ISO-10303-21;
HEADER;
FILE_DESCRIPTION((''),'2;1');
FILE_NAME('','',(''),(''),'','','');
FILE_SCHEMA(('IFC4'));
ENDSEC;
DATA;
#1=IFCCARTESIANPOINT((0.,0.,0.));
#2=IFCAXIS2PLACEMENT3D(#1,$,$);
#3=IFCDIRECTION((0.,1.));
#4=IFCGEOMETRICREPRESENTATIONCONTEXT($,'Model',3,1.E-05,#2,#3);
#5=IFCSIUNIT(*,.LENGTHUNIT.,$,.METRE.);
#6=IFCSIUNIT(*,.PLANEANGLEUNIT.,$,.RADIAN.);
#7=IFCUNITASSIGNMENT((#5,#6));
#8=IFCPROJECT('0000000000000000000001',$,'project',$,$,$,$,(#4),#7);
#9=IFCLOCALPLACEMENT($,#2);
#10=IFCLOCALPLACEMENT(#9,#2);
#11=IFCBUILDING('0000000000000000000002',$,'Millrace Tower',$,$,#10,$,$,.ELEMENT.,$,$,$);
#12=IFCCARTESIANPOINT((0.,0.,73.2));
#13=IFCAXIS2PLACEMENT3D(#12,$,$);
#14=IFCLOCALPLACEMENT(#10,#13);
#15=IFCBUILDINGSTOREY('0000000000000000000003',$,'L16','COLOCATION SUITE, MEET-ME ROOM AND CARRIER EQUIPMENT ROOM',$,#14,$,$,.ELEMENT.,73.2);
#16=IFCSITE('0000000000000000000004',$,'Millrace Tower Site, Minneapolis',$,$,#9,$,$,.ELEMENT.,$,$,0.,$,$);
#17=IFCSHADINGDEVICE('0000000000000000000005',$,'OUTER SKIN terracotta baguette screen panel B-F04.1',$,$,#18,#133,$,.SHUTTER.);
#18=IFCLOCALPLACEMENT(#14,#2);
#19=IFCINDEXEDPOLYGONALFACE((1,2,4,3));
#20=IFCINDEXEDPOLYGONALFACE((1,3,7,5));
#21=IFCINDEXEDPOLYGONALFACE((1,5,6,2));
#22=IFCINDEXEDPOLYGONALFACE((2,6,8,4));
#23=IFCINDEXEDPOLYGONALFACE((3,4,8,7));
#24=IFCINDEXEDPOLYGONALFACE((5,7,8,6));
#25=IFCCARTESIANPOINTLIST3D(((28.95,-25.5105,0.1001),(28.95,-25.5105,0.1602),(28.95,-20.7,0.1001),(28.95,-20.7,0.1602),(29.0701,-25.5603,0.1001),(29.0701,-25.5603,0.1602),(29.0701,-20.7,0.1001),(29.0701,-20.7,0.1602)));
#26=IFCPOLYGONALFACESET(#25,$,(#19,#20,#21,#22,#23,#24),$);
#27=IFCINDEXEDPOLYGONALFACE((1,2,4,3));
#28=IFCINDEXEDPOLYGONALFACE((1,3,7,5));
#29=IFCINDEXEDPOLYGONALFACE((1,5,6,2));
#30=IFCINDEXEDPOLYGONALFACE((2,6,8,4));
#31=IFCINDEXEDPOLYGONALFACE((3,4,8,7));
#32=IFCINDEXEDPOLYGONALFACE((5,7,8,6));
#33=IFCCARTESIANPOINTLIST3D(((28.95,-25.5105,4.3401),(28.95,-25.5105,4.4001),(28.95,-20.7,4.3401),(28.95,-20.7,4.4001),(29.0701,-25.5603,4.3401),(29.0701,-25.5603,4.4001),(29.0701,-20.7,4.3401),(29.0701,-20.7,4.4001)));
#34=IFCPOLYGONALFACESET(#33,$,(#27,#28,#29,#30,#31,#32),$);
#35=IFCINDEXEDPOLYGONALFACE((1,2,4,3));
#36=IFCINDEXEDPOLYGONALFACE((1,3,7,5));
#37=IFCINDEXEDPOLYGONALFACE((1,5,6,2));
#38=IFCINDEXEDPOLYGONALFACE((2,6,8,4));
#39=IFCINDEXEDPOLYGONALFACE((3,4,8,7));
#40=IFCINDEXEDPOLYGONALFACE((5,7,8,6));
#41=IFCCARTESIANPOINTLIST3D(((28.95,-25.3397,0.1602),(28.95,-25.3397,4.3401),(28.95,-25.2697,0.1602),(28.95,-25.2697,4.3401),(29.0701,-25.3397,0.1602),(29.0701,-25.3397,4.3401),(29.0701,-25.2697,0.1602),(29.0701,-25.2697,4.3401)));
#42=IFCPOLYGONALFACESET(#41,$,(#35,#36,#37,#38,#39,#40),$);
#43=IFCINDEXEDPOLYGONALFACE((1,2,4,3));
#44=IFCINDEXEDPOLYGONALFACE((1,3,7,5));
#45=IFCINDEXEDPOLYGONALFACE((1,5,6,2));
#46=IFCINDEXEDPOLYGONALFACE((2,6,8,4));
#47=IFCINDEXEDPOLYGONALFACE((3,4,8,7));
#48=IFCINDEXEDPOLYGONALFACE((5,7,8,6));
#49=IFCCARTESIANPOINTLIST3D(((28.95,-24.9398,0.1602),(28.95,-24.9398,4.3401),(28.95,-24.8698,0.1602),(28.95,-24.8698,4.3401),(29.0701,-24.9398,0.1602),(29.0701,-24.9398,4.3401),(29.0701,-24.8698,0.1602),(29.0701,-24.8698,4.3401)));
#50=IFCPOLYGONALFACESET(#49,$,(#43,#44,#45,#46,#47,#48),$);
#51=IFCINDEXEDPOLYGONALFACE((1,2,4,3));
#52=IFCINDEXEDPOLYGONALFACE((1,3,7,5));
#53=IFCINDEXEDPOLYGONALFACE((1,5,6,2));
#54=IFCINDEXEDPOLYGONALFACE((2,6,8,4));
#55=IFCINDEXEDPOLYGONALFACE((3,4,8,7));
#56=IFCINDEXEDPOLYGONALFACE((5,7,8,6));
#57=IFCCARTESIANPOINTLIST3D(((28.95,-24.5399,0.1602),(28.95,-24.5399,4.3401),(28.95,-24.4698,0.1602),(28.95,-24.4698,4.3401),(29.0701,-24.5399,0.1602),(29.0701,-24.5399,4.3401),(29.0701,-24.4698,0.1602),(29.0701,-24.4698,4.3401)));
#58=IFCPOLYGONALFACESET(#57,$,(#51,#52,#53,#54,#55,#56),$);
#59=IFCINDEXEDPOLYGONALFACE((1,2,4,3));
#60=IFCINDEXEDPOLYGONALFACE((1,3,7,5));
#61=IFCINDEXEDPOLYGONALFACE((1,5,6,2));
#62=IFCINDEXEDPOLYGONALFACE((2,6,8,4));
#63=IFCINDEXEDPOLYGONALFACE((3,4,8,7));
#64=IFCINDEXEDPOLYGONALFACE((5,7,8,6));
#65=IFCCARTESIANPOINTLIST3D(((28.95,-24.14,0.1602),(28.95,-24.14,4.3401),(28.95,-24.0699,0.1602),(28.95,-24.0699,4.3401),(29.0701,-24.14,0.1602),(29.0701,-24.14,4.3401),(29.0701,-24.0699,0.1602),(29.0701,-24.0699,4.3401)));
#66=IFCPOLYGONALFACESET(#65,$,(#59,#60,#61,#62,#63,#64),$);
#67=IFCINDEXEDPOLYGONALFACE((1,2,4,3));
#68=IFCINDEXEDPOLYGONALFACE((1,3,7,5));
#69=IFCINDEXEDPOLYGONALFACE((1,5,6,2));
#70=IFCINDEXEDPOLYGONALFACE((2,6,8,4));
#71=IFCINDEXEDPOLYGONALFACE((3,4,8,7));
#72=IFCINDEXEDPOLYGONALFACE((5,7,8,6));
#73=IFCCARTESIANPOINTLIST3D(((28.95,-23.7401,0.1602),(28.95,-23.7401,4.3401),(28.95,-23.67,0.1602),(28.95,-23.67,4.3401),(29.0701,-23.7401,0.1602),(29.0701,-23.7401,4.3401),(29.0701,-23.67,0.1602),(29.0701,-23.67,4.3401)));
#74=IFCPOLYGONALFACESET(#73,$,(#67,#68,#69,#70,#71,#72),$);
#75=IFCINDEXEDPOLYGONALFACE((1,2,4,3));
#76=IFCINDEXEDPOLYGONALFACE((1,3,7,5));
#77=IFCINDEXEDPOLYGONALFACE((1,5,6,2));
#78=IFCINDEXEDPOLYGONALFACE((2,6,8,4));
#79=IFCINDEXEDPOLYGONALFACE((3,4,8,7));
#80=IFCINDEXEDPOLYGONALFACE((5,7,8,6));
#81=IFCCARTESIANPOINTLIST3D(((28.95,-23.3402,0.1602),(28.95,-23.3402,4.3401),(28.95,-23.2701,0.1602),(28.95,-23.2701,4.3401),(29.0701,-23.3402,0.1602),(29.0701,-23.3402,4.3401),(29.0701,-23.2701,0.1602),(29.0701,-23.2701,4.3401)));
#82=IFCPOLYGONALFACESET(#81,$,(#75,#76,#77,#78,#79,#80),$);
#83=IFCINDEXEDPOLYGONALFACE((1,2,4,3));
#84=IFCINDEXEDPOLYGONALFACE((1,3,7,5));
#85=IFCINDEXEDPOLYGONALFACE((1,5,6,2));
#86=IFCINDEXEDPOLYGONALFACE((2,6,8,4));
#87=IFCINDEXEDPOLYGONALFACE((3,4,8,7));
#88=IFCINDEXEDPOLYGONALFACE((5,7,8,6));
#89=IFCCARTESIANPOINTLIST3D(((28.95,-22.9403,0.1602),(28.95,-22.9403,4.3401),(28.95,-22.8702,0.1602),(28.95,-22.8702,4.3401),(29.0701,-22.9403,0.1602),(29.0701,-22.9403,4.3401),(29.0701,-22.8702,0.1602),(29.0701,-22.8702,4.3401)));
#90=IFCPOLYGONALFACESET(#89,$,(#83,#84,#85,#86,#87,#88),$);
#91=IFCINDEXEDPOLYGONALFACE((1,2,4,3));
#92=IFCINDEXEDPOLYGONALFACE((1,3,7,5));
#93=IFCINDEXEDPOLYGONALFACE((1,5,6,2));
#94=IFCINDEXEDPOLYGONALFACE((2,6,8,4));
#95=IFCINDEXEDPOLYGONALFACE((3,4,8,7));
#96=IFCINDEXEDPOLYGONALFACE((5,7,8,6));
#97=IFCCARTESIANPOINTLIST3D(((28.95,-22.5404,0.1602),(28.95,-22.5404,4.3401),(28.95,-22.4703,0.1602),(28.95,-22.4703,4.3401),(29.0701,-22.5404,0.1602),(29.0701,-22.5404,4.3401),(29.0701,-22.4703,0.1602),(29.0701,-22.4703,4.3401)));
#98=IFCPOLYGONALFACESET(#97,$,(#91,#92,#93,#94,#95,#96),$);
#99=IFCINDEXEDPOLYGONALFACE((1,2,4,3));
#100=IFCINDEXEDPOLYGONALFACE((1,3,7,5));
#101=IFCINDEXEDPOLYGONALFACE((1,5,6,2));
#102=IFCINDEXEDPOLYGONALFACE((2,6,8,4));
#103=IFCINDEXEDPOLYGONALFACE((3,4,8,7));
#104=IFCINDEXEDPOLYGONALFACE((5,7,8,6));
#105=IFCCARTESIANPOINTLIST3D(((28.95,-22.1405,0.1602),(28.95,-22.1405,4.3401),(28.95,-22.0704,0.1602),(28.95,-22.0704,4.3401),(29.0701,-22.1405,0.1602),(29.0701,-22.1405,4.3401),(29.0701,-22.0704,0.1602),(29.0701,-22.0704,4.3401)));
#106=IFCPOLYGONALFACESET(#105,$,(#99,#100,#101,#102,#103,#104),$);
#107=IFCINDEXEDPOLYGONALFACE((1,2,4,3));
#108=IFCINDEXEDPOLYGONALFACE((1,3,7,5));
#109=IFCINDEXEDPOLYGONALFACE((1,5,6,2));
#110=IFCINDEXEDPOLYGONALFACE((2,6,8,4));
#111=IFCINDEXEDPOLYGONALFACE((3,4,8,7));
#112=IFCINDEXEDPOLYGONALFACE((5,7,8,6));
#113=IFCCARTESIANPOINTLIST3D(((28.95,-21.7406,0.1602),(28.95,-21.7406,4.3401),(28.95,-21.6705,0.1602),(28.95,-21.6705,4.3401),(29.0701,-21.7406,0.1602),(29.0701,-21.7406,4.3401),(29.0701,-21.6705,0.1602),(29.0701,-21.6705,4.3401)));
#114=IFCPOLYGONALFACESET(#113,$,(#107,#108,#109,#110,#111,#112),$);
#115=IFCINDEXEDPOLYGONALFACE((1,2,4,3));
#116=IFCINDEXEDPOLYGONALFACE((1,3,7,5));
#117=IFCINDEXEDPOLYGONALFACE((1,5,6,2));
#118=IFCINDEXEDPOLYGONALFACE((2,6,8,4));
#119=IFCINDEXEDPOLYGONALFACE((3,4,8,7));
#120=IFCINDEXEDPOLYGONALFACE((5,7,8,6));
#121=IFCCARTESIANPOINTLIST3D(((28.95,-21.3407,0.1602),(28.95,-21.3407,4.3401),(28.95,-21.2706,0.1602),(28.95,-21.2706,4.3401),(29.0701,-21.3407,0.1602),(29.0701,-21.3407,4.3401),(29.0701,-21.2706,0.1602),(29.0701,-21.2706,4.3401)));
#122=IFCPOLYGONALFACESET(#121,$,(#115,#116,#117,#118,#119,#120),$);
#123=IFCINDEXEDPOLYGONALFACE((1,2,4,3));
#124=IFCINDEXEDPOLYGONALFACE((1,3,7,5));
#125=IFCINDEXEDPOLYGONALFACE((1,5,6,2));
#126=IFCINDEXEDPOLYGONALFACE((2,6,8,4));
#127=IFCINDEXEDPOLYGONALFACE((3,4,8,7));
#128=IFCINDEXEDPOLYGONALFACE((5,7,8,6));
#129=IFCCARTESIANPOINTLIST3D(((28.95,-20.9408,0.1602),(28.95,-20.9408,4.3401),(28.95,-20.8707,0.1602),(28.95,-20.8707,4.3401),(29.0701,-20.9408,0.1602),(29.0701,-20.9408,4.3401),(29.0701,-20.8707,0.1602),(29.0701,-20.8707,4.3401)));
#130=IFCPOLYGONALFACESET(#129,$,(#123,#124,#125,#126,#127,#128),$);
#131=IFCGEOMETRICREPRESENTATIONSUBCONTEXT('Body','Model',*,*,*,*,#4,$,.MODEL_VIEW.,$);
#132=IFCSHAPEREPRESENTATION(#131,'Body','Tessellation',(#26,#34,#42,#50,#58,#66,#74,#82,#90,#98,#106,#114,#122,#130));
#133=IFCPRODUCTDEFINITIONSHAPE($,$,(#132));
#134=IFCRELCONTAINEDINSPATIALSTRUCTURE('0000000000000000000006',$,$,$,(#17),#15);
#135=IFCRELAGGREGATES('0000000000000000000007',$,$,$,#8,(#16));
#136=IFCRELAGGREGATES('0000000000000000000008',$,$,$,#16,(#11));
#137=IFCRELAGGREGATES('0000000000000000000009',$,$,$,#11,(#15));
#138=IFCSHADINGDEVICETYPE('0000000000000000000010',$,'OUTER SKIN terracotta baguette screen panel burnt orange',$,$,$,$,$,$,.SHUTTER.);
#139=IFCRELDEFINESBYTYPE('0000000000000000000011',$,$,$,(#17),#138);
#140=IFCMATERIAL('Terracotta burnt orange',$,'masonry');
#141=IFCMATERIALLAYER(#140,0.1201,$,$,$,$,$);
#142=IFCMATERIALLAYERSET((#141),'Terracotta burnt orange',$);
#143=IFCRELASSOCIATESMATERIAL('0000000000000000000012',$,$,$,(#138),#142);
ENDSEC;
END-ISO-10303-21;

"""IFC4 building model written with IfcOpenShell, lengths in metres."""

from ifc_helpers import new_model, entity, si_unit, direction, frame, frame_2d, origin, place, context, subcontext, project, spatial, rectangle, extrude, source, transform, mapped, material, layer, layer_set, type_object, element, save


model = new_model("IFC4")

# Units and contexts
model_context = context("Model", 3, precision=1e-05, world=origin(), true_north=direction((0.0, 1.0)))
body_context = subcontext(model_context, "Body", "Model", "MODEL_VIEW")
ifc_project = project(units=[si_unit("LENGTHUNIT", "METRE"), si_unit("PLANEANGLEUNIT", "RADIAN")], contexts=[model_context])

# Site, building, storey
site_placement = place(None, origin())
site = spatial("IfcSite", under=ifc_project, at=site_placement, Name="Millrace Tower Site, Minneapolis", CompositionType="ELEMENT", RefElevation=0.0)
building_placement = place(site_placement, origin())
building = spatial("IfcBuilding", under=site, at=building_placement, Name="Millrace Tower", CompositionType="ELEMENT")
storey_placement = place(building_placement, frame((0.0, 0.0, 73.2)))
storey = spatial("IfcBuildingStorey", under=building, at=storey_placement, Name="L16", Description="COLOCATION SUITE, MEET-ME ROOM AND CARRIER EQUIPMENT ROOM", CompositionType="ELEMENT", Elevation=73.2)

# Shading device
ifc_material_1 = material(Name="Terracotta burnt orange", Category="masonry")
ifc_layer_1 = layer(ifc_material_1, 0.1201)
ifc_layer_set_1 = layer_set([ifc_layer_1], Name="Terracotta burnt orange")
shading_device_type = type_object("IfcShadingDeviceType", Name="OUTER SKIN terracotta baguette screen panel burnt orange", PredefinedType="SHUTTER", material=ifc_layer_set_1)
cartesian_point_1 = entity("IfcCartesianPoint", [-2.3928, 0.0601])
shared_polyline_1 = entity("IfcPolyline", [cartesian_point_1, entity("IfcCartesianPoint", [2.4177, 0.0601]), entity("IfcCartesianPoint", [2.4177, -0.0601]), entity("IfcCartesianPoint", [-2.4426, -0.0601]), cartesian_point_1])
shared_shape_1 = source(origin(), body_context, "Body", "SweptSolid", [
    entity("IfcExtrudedAreaSolid", entity("IfcArbitraryClosedProfileDef", "AREA", None, shared_polyline_1), entity("IfcAxis2Placement3D", entity("IfcCartesianPoint", [0.0, 0.0, 0.0])), entity("IfcDirection", [0.0, 0.0, 1.0]), 0.0601),
    entity("IfcExtrudedAreaSolid", entity("IfcArbitraryClosedProfileDef", "AREA", None, shared_polyline_1), entity("IfcAxis2Placement3D", entity("IfcCartesianPoint", [0.0, 0.0, 4.24])), entity("IfcDirection", [0.0, 0.0, 1.0]), 0.0601),
    extrude(rectangle(XDim=0.0701, YDim=0.1201, at=frame_2d((-2.187, 0.0))), frame((0.0, 0.0, 0.0601)), (0.0, 0.0, 1.0), 4.1799),
    extrude(rectangle(XDim=0.0701, YDim=0.1201, at=frame_2d((-1.7871, 0.0))), frame((0.0, 0.0, 0.0601)), (0.0, 0.0, 1.0), 4.1799),
    extrude(rectangle(XDim=0.0701, YDim=0.1201, at=frame_2d((-1.3872, 0.0))), frame((0.0, 0.0, 0.0601)), (0.0, 0.0, 1.0), 4.1799),
    extrude(rectangle(XDim=0.0701, YDim=0.1201, at=frame_2d((-0.9873, 0.0))), frame((0.0, 0.0, 0.0601)), (0.0, 0.0, 1.0), 4.1799),
    extrude(rectangle(XDim=0.0701, YDim=0.1201, at=frame_2d((-0.5874, 0.0))), frame((0.0, 0.0, 0.0601)), (0.0, 0.0, 1.0), 4.1799),
    extrude(rectangle(XDim=0.0701, YDim=0.1201, at=frame_2d((-0.1875, 0.0))), frame((0.0, 0.0, 0.0601)), (0.0, 0.0, 1.0), 4.1799),
    extrude(rectangle(XDim=0.0701, YDim=0.1201, at=frame_2d((0.2124, 0.0))), frame((0.0, 0.0, 0.0601)), (0.0, 0.0, 1.0), 4.1799),
    extrude(rectangle(XDim=0.0701, YDim=0.1201, at=frame_2d((0.6123, 0.0))), frame((0.0, 0.0, 0.0601)), (0.0, 0.0, 1.0), 4.1799),
    extrude(rectangle(XDim=0.0701, YDim=0.1201, at=frame_2d((1.0122, 0.0))), frame((0.0, 0.0, 0.0601)), (0.0, 0.0, 1.0), 4.1799),
    extrude(rectangle(XDim=0.0701, YDim=0.1201, at=frame_2d((1.4121, 0.0))), frame((0.0, 0.0, 0.0601)), (0.0, 0.0, 1.0), 4.1799),
    extrude(rectangle(XDim=0.0701, YDim=0.1201, at=frame_2d((1.812, 0.0))), frame((0.0, 0.0, 0.0601)), (0.0, 0.0, 1.0), 4.1799),
    extrude(rectangle(XDim=0.0701, YDim=0.1201, at=frame_2d((2.2119, 0.0))), frame((0.0, 0.0, 0.0601)), (0.0, 0.0, 1.0), 4.1799),
])
shading_device_1_placement = place(storey_placement, frame((29.01, -23.1177, 0.1001), z_axis=(0.0, 0.0, 1.0), x_axis=(0.0, 1.0, 0.0)))
element("IfcShadingDevice", 1, at=shading_device_1_placement, inside=storey, type_object=shading_device_type, Name="OUTER SKIN terracotta baguette screen panel B-F04.1", PredefinedType="SHUTTER", context=body_context, shape_type="MappedRepresentation", body=[
    mapped(shared_shape_1, transform((0.0, 0.0, 0.0), scale=1.0)),
])

save(model, "model.ifc")
